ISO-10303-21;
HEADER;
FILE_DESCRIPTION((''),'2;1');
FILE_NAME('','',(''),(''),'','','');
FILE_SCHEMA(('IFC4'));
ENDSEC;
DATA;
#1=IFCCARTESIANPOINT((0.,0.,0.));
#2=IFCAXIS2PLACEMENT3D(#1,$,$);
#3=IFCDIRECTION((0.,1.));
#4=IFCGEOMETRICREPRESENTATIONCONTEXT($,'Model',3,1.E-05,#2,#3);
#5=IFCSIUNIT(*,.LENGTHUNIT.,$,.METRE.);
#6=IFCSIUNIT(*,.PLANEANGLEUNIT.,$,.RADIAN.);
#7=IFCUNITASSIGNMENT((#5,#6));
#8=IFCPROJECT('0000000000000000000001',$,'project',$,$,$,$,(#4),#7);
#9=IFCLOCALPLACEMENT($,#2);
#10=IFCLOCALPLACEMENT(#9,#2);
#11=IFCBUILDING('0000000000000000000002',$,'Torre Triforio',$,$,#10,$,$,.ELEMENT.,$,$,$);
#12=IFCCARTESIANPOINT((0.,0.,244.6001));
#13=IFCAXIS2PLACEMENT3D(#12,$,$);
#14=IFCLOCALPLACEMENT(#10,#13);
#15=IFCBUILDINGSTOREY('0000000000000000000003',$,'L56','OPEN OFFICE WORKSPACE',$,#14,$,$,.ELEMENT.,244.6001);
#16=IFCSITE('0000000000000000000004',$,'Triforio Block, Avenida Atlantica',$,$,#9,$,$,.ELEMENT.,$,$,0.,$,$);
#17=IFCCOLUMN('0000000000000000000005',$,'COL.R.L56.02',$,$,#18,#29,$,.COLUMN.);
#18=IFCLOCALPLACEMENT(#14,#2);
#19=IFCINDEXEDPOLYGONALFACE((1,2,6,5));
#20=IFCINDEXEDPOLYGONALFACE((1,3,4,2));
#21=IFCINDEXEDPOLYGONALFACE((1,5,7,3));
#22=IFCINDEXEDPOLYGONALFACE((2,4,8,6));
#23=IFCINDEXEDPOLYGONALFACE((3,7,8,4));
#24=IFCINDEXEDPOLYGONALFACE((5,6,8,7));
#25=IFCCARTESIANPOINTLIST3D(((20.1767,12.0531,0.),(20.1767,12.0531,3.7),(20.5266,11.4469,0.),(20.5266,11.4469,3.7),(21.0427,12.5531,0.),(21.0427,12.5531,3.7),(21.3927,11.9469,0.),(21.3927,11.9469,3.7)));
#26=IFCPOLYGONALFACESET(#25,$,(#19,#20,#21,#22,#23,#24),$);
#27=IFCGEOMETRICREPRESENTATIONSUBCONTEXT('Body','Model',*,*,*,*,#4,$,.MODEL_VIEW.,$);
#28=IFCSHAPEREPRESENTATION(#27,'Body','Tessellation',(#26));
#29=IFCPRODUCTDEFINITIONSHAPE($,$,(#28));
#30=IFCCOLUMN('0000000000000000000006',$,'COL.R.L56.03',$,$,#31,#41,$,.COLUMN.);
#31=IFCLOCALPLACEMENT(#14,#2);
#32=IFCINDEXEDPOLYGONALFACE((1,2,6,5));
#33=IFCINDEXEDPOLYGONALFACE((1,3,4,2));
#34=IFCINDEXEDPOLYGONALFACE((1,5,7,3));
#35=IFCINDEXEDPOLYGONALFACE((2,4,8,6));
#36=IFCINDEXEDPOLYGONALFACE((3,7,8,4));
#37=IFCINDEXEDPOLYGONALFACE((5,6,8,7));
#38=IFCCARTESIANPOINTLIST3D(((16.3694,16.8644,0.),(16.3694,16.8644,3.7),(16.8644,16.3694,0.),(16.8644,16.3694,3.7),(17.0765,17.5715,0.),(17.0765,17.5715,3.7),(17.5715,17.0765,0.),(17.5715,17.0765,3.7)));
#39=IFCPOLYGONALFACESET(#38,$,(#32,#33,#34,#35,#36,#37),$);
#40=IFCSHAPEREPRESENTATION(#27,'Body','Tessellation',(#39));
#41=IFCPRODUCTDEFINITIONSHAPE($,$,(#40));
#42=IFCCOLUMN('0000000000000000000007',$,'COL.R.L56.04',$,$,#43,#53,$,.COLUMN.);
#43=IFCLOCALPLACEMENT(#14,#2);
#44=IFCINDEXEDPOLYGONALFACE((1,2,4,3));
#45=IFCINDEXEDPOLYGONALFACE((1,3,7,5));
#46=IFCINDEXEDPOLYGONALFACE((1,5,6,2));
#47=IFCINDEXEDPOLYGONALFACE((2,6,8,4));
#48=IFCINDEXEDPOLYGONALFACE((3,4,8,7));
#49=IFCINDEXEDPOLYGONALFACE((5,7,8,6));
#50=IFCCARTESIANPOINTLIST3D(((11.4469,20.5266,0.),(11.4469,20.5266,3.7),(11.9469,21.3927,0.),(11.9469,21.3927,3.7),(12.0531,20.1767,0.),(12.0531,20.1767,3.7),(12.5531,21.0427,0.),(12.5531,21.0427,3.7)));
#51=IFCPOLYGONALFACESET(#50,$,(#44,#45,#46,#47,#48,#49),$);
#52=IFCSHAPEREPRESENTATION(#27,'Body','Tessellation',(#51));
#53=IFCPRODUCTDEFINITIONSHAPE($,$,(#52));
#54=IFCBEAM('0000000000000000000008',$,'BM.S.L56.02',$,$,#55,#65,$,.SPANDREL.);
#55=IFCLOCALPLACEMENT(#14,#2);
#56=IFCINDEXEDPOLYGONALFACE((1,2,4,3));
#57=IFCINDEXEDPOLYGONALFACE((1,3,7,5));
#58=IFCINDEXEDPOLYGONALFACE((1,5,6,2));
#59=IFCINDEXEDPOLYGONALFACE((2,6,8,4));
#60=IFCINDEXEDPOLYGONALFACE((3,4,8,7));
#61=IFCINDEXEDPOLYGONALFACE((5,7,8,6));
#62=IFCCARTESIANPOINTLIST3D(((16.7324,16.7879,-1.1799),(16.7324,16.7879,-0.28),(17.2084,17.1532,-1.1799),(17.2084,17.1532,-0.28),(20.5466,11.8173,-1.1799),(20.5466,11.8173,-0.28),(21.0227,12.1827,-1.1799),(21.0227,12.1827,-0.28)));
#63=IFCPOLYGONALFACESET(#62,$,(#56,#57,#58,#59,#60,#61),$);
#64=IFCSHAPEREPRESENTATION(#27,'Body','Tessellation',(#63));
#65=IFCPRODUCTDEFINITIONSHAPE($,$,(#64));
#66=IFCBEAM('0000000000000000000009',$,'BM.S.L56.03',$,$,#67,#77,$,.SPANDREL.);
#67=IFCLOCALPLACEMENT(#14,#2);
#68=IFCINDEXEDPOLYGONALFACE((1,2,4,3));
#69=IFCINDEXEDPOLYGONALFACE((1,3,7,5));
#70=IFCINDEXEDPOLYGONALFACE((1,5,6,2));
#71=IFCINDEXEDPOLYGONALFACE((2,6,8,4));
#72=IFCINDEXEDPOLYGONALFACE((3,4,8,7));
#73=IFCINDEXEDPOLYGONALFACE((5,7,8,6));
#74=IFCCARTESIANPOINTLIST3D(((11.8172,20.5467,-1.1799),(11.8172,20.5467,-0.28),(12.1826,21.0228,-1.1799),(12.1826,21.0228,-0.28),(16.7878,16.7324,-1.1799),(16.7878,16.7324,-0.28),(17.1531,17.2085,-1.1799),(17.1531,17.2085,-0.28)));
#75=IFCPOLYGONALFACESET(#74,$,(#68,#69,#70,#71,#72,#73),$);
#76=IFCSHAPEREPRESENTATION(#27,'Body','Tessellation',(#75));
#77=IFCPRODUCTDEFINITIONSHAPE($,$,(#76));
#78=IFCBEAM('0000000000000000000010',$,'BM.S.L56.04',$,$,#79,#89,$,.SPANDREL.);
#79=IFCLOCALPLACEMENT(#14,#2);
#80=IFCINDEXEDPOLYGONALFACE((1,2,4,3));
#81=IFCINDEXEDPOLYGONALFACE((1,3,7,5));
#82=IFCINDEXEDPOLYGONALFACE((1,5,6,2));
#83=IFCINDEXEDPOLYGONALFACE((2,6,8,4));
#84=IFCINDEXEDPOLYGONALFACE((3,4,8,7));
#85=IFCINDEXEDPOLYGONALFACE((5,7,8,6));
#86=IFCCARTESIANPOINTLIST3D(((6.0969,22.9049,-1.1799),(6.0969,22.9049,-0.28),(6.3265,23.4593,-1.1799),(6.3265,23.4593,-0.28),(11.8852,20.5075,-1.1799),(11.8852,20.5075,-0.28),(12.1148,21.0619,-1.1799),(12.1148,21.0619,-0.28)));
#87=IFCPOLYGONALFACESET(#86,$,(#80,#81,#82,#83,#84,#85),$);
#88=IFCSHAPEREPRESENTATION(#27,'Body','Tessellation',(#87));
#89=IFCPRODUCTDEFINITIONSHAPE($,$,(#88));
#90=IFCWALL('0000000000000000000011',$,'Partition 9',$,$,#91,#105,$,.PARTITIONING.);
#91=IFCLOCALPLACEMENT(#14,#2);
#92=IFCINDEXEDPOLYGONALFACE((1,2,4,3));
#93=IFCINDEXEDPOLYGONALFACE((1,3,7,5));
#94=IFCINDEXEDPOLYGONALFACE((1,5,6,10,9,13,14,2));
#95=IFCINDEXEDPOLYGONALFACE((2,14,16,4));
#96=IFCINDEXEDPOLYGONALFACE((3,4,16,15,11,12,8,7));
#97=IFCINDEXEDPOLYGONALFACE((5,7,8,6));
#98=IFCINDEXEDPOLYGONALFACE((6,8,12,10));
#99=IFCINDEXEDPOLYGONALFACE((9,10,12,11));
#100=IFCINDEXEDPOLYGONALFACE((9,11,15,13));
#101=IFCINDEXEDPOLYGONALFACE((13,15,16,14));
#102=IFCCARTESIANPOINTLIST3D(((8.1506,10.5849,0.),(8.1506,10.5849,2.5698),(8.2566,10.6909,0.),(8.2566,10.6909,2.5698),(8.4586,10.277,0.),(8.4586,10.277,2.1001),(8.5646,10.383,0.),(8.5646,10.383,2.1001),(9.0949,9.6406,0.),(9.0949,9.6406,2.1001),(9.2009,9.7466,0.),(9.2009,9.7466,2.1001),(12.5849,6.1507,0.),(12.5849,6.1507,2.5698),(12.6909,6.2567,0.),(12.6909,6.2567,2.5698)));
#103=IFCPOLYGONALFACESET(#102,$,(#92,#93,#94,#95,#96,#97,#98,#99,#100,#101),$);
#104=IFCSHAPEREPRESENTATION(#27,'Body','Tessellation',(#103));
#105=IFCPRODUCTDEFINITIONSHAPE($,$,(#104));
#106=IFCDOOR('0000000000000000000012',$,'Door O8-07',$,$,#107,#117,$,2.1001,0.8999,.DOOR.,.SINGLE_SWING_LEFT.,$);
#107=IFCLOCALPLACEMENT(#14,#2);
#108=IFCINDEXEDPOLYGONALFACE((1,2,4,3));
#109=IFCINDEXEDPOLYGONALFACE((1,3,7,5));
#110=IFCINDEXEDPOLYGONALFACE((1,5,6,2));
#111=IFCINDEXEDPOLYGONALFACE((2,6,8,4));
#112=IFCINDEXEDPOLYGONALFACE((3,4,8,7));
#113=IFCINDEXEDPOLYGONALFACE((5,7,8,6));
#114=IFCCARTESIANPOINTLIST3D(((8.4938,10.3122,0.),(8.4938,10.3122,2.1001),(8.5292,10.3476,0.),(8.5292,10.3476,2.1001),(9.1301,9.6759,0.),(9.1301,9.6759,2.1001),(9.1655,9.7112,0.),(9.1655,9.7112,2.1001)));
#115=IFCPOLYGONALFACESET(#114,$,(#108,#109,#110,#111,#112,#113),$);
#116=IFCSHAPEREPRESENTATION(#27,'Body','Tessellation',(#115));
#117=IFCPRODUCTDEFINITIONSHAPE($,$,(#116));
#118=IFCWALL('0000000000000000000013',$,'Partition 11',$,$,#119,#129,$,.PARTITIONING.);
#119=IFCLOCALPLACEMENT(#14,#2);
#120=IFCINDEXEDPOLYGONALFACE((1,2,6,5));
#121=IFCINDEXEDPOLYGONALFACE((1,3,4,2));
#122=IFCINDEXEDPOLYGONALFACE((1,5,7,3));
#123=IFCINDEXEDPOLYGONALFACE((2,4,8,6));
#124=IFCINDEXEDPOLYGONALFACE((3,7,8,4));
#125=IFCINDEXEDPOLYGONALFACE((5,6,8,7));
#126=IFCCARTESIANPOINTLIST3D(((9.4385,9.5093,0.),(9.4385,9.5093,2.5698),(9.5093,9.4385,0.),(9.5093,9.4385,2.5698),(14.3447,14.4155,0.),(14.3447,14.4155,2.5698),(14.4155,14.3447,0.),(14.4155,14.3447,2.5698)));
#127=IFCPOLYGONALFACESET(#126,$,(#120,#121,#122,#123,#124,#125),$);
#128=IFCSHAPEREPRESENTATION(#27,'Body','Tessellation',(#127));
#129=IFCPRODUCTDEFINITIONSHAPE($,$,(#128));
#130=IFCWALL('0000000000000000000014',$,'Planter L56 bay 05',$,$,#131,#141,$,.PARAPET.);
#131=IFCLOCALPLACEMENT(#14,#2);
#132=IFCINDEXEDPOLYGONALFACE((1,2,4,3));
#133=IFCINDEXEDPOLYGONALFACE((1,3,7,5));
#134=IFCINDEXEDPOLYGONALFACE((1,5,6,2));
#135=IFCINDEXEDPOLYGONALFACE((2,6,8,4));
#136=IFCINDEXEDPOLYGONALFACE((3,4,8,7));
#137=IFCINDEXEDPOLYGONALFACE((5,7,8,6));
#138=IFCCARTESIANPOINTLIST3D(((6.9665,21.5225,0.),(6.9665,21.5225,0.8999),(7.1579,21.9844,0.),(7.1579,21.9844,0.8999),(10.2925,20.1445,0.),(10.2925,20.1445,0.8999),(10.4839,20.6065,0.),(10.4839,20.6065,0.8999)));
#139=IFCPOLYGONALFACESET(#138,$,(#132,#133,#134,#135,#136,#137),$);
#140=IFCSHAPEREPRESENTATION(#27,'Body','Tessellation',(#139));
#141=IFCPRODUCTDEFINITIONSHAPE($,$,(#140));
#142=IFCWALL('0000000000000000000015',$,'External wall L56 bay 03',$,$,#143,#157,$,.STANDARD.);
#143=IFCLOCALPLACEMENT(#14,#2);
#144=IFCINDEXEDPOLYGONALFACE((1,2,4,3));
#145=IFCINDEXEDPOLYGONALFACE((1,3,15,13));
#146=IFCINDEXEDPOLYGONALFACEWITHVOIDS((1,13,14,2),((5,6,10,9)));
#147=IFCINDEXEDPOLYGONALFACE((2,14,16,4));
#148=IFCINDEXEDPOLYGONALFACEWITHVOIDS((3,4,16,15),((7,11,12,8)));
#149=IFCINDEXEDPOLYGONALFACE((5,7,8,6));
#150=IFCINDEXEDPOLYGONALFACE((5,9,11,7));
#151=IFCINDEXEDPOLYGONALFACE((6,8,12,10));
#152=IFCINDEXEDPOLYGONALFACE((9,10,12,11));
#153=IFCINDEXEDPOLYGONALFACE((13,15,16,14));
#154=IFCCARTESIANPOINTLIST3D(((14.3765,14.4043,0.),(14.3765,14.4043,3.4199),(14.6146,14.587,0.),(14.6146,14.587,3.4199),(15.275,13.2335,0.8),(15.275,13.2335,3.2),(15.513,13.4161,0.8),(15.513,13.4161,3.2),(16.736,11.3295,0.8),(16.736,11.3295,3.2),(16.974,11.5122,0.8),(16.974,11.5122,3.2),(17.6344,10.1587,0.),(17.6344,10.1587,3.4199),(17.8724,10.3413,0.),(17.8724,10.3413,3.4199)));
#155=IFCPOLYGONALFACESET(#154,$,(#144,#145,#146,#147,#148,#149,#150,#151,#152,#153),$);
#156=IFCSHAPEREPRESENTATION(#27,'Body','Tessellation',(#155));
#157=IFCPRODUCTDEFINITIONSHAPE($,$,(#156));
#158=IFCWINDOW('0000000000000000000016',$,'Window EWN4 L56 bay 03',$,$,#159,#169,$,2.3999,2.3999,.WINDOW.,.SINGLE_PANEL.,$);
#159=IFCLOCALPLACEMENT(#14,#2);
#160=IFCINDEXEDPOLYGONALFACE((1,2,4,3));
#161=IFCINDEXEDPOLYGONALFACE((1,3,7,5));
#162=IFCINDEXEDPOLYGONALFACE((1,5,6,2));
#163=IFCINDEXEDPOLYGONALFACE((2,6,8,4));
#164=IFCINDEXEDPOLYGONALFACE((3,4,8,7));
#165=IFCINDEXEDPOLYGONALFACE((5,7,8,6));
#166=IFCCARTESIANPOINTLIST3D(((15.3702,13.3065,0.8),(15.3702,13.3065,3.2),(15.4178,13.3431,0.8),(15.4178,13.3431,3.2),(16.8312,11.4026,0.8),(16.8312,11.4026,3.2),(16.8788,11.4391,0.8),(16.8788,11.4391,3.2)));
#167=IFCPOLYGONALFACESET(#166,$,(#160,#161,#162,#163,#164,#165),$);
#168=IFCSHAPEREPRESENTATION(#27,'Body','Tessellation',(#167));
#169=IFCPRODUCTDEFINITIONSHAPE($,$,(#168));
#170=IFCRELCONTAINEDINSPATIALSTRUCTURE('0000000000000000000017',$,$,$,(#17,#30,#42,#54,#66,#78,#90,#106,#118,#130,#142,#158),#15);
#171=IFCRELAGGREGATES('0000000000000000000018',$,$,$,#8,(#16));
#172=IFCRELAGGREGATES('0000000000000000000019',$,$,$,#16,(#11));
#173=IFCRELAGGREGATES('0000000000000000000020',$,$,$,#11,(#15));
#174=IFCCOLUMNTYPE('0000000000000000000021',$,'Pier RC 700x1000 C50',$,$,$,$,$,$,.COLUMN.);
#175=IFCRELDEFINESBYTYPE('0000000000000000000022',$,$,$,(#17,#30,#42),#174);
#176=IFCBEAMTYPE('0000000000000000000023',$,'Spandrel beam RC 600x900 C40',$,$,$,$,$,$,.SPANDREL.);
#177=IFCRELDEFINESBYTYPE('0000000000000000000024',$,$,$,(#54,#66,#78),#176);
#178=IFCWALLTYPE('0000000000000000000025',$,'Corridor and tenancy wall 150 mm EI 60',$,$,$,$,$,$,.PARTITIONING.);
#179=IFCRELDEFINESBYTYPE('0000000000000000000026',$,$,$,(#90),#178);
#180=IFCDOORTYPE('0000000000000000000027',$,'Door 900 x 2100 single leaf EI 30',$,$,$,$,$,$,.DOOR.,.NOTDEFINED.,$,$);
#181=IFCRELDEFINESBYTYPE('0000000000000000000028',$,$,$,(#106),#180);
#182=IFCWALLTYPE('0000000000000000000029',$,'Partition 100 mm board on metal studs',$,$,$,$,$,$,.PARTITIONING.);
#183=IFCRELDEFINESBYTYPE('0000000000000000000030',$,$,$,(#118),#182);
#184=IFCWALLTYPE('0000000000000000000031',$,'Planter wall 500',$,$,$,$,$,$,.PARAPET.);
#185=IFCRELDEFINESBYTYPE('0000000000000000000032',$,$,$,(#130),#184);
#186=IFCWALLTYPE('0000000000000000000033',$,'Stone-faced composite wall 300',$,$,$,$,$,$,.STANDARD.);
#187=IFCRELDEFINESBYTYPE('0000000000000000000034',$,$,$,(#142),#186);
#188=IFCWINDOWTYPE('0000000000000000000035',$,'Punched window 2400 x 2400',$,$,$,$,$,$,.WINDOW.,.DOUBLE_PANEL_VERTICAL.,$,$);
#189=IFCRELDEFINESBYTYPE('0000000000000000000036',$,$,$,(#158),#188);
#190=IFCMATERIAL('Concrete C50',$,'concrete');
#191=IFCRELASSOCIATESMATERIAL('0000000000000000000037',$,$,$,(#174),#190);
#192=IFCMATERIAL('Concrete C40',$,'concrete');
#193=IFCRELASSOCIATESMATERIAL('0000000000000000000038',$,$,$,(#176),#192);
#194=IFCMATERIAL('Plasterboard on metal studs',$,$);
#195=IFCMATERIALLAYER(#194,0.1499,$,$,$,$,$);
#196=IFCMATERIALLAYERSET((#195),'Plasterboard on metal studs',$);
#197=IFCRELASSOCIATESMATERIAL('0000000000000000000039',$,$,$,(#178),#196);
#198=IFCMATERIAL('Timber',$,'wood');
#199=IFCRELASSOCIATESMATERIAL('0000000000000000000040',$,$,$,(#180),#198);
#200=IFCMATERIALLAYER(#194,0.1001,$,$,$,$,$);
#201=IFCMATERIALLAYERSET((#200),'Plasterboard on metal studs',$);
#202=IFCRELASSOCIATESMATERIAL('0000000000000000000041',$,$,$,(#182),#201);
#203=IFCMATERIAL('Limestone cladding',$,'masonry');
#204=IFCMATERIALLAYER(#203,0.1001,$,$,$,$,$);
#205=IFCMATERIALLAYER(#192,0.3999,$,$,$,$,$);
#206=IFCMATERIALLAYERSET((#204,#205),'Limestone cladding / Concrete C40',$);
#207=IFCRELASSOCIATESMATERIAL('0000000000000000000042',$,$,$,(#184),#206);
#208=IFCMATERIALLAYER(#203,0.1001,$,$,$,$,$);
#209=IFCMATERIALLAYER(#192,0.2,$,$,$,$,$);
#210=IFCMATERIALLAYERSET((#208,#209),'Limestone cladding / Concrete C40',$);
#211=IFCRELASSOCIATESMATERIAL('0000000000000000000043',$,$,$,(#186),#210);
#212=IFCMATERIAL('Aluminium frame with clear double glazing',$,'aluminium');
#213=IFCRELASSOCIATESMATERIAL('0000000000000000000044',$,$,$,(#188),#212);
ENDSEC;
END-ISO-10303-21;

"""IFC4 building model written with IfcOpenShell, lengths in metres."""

from ifc_helpers import new_model, si_unit, direction, frame, frame_2d, origin, origin_2d, place, context, subcontext, project, spatial, rectangle, extrude, material, layer, layer_set, material_profile, profile_set, type_object, element, fill, save


model = new_model("IFC4")

# Units and contexts
model_context = context("Model", 3, precision=1e-05, world=origin(), true_north=direction((0.0, 1.0)))
body_context = subcontext(model_context, "Body", "Model", "MODEL_VIEW")
ifc_project = project(units=[si_unit("LENGTHUNIT", "METRE"), si_unit("PLANEANGLEUNIT", "RADIAN")], contexts=[model_context])

# Site, building, storey
site_placement = place(None, origin())
site = spatial("IfcSite", under=ifc_project, at=site_placement, Name="Triforio Block, Avenida Atlantica", CompositionType="ELEMENT", RefElevation=0.0)
building_placement = place(site_placement, origin())
building = spatial("IfcBuilding", under=site, at=building_placement, Name="Torre Triforio", CompositionType="ELEMENT")
storey_placement = place(building_placement, frame((0.0, 0.0, 244.6001)))
storey = spatial("IfcBuildingStorey", under=building, at=storey_placement, Name="L56", Description="OPEN OFFICE WORKSPACE", CompositionType="ELEMENT", Elevation=244.6001)

# Columns
ifc_material_1 = material(Name="Concrete C50", Category="concrete")
ifc_material_profile_1 = material_profile(ifc_material_1, rectangle(XDim=0.7, YDim=1.0, at=origin_2d()), Name="RC 700x1000")
ifc_profile_set_1 = profile_set([ifc_material_profile_1], Name="Concrete C50")
column_type = type_object("IfcColumnType", Name="Pier RC 700x1000 C50", PredefinedType="COLUMN", material=ifc_profile_set_1)
for number, where, z_axis, x_axis, name in (
    (1, (20.7847, 12.0, 0.0), (0.0, 0.0, 1.0), (-0.5, 0.866025, 0.0), "COL.R.L56.02"),
    (2, (16.9705, 16.9705, 0.0), (0.0, 0.0, 1.0), (-0.707107, 0.707107, 0.0), "COL.R.L56.03"),
    (3, (12.0, 20.7847, 0.0), (0.0, 0.0, 1.0), (-0.866025, 0.5, 0.0), "COL.R.L56.04"),
):
    element("IfcColumn", number, at=place(storey_placement, frame(where, z_axis=z_axis, x_axis=x_axis)), inside=storey, type_object=column_type, Name=name, PredefinedType="COLUMN", context=body_context, shape_type="SweptSolid", body=[
        extrude(rectangle(XDim=0.7, YDim=1.0, at=origin_2d()), origin(), (0.0, 0.0, 1.0), 3.7),
    ])

# Beams
ifc_material_2 = material(Name="Concrete C40", Category="concrete")
ifc_material_profile_2 = material_profile(ifc_material_2, rectangle(XDim=0.6001, YDim=0.8999, at=origin_2d()), Name="RC 600x900")
ifc_profile_set_2 = profile_set([ifc_material_profile_2], Name="Concrete C40")
beam_type = type_object("IfcBeamType", Name="Spandrel beam RC 600x900 C40", PredefinedType="SPANDREL", material=ifc_profile_set_2)
for number, where, z_axis, x_axis, name in (
    (4, (20.7847, 12.0, -0.73), (-0.608786, 0.793335, 0.0), (-0.793335, -0.608786, 0.0), "BM.S.L56.02"),
    (5, (16.9705, 16.9705, -0.73), (-0.793335, 0.608786, 0.0), (-0.608786, -0.793335, 0.0), "BM.S.L56.03"),
):
    element("IfcBeam", number, at=place(storey_placement, frame(where, z_axis=z_axis, x_axis=x_axis)), inside=storey, type_object=beam_type, Name=name, PredefinedType="SPANDREL", context=body_context, shape_type="SweptSolid", body=[
        extrude(rectangle(XDim=0.6001, YDim=0.8999, at=origin_2d()), origin(), (0.0, 0.0, 1.0), 6.2654),
    ])
beam_placement = place(storey_placement, frame((12.0, 20.7847, -0.73), z_axis=(-0.923888, 0.382664, 0.0), x_axis=(-0.382664, -0.923888, 0.0)))
element("IfcBeam", 6, at=beam_placement, inside=storey, type_object=beam_type, Name="BM.S.L56.04", PredefinedType="SPANDREL", context=body_context, shape_type="SweptSolid", body=[
    extrude(rectangle(XDim=0.6001, YDim=0.8999, at=origin_2d()), origin(), (0.0, 0.0, 1.0), 6.2651),
])

# Wall, opening, door
ifc_material_3 = material(Name="Plasterboard on metal studs")
ifc_layer_1 = layer(ifc_material_3, 0.1499)
ifc_layer_set_1 = layer_set([ifc_layer_1], Name="Plasterboard on metal studs")
wall_type_1 = type_object("IfcWallType", Name="Corridor and tenancy wall 150 mm EI 60", PredefinedType="PARTITIONING", material=ifc_layer_set_1)
wall_1_placement = place(storey_placement, frame((8.2036, 10.6379, 0.0), z_axis=(0.0, 0.0, 1.0), x_axis=(0.707107, -0.707107, 0.0)))
wall_1 = element("IfcWall", 7, at=wall_1_placement, inside=storey, type_object=wall_type_1, Name="Partition 9", PredefinedType="PARTITIONING", context=body_context, shape_type="SweptSolid", body=[
    extrude(rectangle(XDim=6.271, YDim=0.1499, at=frame_2d((3.1355, 0.0))), origin(), (0.0, 0.0, 1.0), 2.5698),
])
opening_1_placement = place(wall_1_placement, frame((0.4355, 0.0, 0.0)))
opening_1 = element("IfcOpeningElement", 8, at=opening_1_placement, cuts=wall_1, PredefinedType="OPENING", context=body_context, shape_type="SweptSolid", body=[
    extrude(rectangle(XDim=0.8999, YDim=2.1001, at=frame_2d((0.45, 1.05))), frame((0.0, 0.085, 0.0), z_axis=(0.0, -1.0, 0.0), x_axis=(1.0, 0.0, 0.0)), (0.0, 0.0, 1.0), 0.1699),
])
ifc_material_4 = material(Name="Timber", Category="wood")
door_type_1 = type_object("IfcDoorType", Name="Door 900 x 2100 single leaf EI 30", OperationType="NOTDEFINED", PredefinedType="DOOR", material=ifc_material_4)
door_1_placement = place(opening_1_placement, origin())
door_1 = element("IfcDoor", 9, at=door_1_placement, inside=storey, type_object=door_type_1, Name="Door O8-07", OperationType="SINGLE_SWING_LEFT", OverallHeight=2.1001, OverallWidth=0.8999, PredefinedType="DOOR", context=body_context, shape_type="SweptSolid", body=[
    extrude(rectangle(XDim=0.8999, YDim=2.1001, at=frame_2d((0.45, 1.05))), frame((0.0, 0.0249, 0.0), z_axis=(0.0, -1.0, 0.0), x_axis=(1.0, 0.0, 0.0)), (0.0, 0.0, 1.0), 0.05),
])
fill(opening_1, door_1)

# Walls
ifc_layer_2 = layer(ifc_material_3, 0.1001)
ifc_layer_set_2 = layer_set([ifc_layer_2], Name="Plasterboard on metal studs")
wall_type_2 = type_object("IfcWallType", Name="Partition 100 mm board on metal studs", PredefinedType="PARTITIONING", material=ifc_layer_set_2)
wall_2_placement = place(storey_placement, frame((9.4739, 9.4739, 0.0), z_axis=(0.0, 0.0, 1.0), x_axis=(0.707107, 0.707107, 0.0)))
element("IfcWall", 10, at=wall_2_placement, inside=storey, type_object=wall_type_2, Name="Partition 11", PredefinedType="PARTITIONING", context=body_context, shape_type="SweptSolid", body=[
    extrude(rectangle(XDim=6.9385, YDim=0.1001, at=frame_2d((3.4692, 0.0))), origin(), (0.0, 0.0, 1.0), 2.5698),
])
ifc_material_5 = material(Name="Limestone cladding", Category="masonry")
ifc_layer_3 = layer(ifc_material_5, 0.1001)
ifc_layer_4 = layer(ifc_material_2, 0.3999)
ifc_layer_set_3 = layer_set([ifc_layer_3, ifc_layer_4], Name="Limestone cladding / Concrete C40")
wall_type_3 = type_object("IfcWallType", Name="Planter wall 500", PredefinedType="PARAPET", material=ifc_layer_set_3)
wall_3_placement = place(storey_placement, frame((10.3882, 20.3755, 0.0), z_axis=(0.0, 0.0, 1.0), x_axis=(-0.923852, 0.382751, 0.0)))
element("IfcWall", 11, at=wall_3_placement, inside=storey, type_object=wall_type_3, Name="Planter L56 bay 05", PredefinedType="PARAPET", context=body_context, shape_type="SweptSolid", body=[
    extrude(rectangle(XDim=3.6001, YDim=0.5, at=frame_2d((1.8, 0.0))), origin(), (0.0, 0.0, 1.0), 0.8999),
])

# Wall, opening, window
ifc_layer_5 = layer(ifc_material_5, 0.1001)
ifc_layer_6 = layer(ifc_material_2, 0.2)
ifc_layer_set_4 = layer_set([ifc_layer_5, ifc_layer_6], Name="Limestone cladding / Concrete C40")
wall_type_4 = type_object("IfcWallType", Name="Stone-faced composite wall 300", PredefinedType="STANDARD", material=ifc_layer_set_4)
wall_4_placement = place(storey_placement, frame((17.7534, 10.25, 0.0), z_axis=(0.0, 0.0, 1.0), x_axis=(-0.608767, 0.793349, 0.0)))
wall_4 = element("IfcWall", 12, at=wall_4_placement, inside=storey, type_object=wall_type_4, Name="External wall L56 bay 03", PredefinedType="STANDARD", context=body_context, shape_type="SweptSolid", body=[
    extrude(rectangle(XDim=5.3516, YDim=0.3, at=frame_2d((2.6758, 0.0))), origin(), (0.0, 0.0, 1.0), 3.4199),
])
opening_2_placement = place(wall_4_placement, frame((1.4758, 0.0, 0.8)))
opening_2 = element("IfcOpeningElement", 13, at=opening_2_placement, cuts=wall_4, PredefinedType="OPENING", context=body_context, shape_type="SweptSolid", body=[
    extrude(rectangle(XDim=2.3999, YDim=2.3999, at=frame_2d((1.2, 1.2))), frame((0.0, 0.1599, 0.0), z_axis=(0.0, -1.0, 0.0), x_axis=(1.0, 0.0, 0.0)), (0.0, 0.0, 1.0), 0.3201),
])
ifc_material_6 = material(Name="Aluminium frame with clear double glazing", Category="aluminium")
window_type_1 = type_object("IfcWindowType", Name="Punched window 2400 x 2400", PartitioningType="DOUBLE_PANEL_VERTICAL", PredefinedType="WINDOW", material=ifc_material_6)
window_1_placement = place(opening_2_placement, origin())
window_1 = element("IfcWindow", 14, at=window_1_placement, inside=storey, type_object=window_type_1, Name="Window EWN4 L56 bay 03", OverallHeight=2.3999, OverallWidth=2.3999, PartitioningType="SINGLE_PANEL", PredefinedType="WINDOW", context=body_context, shape_type="SweptSolid", body=[
    extrude(rectangle(XDim=2.3999, YDim=2.3999, at=frame_2d((1.2, 1.2))), frame((0.0, 0.03, 0.0), z_axis=(0.0, -1.0, 0.0), x_axis=(1.0, 0.0, 0.0)), (0.0, 0.0, 1.0), 0.0601),
])
fill(opening_2, window_1)

save(model, "model.ifc")
